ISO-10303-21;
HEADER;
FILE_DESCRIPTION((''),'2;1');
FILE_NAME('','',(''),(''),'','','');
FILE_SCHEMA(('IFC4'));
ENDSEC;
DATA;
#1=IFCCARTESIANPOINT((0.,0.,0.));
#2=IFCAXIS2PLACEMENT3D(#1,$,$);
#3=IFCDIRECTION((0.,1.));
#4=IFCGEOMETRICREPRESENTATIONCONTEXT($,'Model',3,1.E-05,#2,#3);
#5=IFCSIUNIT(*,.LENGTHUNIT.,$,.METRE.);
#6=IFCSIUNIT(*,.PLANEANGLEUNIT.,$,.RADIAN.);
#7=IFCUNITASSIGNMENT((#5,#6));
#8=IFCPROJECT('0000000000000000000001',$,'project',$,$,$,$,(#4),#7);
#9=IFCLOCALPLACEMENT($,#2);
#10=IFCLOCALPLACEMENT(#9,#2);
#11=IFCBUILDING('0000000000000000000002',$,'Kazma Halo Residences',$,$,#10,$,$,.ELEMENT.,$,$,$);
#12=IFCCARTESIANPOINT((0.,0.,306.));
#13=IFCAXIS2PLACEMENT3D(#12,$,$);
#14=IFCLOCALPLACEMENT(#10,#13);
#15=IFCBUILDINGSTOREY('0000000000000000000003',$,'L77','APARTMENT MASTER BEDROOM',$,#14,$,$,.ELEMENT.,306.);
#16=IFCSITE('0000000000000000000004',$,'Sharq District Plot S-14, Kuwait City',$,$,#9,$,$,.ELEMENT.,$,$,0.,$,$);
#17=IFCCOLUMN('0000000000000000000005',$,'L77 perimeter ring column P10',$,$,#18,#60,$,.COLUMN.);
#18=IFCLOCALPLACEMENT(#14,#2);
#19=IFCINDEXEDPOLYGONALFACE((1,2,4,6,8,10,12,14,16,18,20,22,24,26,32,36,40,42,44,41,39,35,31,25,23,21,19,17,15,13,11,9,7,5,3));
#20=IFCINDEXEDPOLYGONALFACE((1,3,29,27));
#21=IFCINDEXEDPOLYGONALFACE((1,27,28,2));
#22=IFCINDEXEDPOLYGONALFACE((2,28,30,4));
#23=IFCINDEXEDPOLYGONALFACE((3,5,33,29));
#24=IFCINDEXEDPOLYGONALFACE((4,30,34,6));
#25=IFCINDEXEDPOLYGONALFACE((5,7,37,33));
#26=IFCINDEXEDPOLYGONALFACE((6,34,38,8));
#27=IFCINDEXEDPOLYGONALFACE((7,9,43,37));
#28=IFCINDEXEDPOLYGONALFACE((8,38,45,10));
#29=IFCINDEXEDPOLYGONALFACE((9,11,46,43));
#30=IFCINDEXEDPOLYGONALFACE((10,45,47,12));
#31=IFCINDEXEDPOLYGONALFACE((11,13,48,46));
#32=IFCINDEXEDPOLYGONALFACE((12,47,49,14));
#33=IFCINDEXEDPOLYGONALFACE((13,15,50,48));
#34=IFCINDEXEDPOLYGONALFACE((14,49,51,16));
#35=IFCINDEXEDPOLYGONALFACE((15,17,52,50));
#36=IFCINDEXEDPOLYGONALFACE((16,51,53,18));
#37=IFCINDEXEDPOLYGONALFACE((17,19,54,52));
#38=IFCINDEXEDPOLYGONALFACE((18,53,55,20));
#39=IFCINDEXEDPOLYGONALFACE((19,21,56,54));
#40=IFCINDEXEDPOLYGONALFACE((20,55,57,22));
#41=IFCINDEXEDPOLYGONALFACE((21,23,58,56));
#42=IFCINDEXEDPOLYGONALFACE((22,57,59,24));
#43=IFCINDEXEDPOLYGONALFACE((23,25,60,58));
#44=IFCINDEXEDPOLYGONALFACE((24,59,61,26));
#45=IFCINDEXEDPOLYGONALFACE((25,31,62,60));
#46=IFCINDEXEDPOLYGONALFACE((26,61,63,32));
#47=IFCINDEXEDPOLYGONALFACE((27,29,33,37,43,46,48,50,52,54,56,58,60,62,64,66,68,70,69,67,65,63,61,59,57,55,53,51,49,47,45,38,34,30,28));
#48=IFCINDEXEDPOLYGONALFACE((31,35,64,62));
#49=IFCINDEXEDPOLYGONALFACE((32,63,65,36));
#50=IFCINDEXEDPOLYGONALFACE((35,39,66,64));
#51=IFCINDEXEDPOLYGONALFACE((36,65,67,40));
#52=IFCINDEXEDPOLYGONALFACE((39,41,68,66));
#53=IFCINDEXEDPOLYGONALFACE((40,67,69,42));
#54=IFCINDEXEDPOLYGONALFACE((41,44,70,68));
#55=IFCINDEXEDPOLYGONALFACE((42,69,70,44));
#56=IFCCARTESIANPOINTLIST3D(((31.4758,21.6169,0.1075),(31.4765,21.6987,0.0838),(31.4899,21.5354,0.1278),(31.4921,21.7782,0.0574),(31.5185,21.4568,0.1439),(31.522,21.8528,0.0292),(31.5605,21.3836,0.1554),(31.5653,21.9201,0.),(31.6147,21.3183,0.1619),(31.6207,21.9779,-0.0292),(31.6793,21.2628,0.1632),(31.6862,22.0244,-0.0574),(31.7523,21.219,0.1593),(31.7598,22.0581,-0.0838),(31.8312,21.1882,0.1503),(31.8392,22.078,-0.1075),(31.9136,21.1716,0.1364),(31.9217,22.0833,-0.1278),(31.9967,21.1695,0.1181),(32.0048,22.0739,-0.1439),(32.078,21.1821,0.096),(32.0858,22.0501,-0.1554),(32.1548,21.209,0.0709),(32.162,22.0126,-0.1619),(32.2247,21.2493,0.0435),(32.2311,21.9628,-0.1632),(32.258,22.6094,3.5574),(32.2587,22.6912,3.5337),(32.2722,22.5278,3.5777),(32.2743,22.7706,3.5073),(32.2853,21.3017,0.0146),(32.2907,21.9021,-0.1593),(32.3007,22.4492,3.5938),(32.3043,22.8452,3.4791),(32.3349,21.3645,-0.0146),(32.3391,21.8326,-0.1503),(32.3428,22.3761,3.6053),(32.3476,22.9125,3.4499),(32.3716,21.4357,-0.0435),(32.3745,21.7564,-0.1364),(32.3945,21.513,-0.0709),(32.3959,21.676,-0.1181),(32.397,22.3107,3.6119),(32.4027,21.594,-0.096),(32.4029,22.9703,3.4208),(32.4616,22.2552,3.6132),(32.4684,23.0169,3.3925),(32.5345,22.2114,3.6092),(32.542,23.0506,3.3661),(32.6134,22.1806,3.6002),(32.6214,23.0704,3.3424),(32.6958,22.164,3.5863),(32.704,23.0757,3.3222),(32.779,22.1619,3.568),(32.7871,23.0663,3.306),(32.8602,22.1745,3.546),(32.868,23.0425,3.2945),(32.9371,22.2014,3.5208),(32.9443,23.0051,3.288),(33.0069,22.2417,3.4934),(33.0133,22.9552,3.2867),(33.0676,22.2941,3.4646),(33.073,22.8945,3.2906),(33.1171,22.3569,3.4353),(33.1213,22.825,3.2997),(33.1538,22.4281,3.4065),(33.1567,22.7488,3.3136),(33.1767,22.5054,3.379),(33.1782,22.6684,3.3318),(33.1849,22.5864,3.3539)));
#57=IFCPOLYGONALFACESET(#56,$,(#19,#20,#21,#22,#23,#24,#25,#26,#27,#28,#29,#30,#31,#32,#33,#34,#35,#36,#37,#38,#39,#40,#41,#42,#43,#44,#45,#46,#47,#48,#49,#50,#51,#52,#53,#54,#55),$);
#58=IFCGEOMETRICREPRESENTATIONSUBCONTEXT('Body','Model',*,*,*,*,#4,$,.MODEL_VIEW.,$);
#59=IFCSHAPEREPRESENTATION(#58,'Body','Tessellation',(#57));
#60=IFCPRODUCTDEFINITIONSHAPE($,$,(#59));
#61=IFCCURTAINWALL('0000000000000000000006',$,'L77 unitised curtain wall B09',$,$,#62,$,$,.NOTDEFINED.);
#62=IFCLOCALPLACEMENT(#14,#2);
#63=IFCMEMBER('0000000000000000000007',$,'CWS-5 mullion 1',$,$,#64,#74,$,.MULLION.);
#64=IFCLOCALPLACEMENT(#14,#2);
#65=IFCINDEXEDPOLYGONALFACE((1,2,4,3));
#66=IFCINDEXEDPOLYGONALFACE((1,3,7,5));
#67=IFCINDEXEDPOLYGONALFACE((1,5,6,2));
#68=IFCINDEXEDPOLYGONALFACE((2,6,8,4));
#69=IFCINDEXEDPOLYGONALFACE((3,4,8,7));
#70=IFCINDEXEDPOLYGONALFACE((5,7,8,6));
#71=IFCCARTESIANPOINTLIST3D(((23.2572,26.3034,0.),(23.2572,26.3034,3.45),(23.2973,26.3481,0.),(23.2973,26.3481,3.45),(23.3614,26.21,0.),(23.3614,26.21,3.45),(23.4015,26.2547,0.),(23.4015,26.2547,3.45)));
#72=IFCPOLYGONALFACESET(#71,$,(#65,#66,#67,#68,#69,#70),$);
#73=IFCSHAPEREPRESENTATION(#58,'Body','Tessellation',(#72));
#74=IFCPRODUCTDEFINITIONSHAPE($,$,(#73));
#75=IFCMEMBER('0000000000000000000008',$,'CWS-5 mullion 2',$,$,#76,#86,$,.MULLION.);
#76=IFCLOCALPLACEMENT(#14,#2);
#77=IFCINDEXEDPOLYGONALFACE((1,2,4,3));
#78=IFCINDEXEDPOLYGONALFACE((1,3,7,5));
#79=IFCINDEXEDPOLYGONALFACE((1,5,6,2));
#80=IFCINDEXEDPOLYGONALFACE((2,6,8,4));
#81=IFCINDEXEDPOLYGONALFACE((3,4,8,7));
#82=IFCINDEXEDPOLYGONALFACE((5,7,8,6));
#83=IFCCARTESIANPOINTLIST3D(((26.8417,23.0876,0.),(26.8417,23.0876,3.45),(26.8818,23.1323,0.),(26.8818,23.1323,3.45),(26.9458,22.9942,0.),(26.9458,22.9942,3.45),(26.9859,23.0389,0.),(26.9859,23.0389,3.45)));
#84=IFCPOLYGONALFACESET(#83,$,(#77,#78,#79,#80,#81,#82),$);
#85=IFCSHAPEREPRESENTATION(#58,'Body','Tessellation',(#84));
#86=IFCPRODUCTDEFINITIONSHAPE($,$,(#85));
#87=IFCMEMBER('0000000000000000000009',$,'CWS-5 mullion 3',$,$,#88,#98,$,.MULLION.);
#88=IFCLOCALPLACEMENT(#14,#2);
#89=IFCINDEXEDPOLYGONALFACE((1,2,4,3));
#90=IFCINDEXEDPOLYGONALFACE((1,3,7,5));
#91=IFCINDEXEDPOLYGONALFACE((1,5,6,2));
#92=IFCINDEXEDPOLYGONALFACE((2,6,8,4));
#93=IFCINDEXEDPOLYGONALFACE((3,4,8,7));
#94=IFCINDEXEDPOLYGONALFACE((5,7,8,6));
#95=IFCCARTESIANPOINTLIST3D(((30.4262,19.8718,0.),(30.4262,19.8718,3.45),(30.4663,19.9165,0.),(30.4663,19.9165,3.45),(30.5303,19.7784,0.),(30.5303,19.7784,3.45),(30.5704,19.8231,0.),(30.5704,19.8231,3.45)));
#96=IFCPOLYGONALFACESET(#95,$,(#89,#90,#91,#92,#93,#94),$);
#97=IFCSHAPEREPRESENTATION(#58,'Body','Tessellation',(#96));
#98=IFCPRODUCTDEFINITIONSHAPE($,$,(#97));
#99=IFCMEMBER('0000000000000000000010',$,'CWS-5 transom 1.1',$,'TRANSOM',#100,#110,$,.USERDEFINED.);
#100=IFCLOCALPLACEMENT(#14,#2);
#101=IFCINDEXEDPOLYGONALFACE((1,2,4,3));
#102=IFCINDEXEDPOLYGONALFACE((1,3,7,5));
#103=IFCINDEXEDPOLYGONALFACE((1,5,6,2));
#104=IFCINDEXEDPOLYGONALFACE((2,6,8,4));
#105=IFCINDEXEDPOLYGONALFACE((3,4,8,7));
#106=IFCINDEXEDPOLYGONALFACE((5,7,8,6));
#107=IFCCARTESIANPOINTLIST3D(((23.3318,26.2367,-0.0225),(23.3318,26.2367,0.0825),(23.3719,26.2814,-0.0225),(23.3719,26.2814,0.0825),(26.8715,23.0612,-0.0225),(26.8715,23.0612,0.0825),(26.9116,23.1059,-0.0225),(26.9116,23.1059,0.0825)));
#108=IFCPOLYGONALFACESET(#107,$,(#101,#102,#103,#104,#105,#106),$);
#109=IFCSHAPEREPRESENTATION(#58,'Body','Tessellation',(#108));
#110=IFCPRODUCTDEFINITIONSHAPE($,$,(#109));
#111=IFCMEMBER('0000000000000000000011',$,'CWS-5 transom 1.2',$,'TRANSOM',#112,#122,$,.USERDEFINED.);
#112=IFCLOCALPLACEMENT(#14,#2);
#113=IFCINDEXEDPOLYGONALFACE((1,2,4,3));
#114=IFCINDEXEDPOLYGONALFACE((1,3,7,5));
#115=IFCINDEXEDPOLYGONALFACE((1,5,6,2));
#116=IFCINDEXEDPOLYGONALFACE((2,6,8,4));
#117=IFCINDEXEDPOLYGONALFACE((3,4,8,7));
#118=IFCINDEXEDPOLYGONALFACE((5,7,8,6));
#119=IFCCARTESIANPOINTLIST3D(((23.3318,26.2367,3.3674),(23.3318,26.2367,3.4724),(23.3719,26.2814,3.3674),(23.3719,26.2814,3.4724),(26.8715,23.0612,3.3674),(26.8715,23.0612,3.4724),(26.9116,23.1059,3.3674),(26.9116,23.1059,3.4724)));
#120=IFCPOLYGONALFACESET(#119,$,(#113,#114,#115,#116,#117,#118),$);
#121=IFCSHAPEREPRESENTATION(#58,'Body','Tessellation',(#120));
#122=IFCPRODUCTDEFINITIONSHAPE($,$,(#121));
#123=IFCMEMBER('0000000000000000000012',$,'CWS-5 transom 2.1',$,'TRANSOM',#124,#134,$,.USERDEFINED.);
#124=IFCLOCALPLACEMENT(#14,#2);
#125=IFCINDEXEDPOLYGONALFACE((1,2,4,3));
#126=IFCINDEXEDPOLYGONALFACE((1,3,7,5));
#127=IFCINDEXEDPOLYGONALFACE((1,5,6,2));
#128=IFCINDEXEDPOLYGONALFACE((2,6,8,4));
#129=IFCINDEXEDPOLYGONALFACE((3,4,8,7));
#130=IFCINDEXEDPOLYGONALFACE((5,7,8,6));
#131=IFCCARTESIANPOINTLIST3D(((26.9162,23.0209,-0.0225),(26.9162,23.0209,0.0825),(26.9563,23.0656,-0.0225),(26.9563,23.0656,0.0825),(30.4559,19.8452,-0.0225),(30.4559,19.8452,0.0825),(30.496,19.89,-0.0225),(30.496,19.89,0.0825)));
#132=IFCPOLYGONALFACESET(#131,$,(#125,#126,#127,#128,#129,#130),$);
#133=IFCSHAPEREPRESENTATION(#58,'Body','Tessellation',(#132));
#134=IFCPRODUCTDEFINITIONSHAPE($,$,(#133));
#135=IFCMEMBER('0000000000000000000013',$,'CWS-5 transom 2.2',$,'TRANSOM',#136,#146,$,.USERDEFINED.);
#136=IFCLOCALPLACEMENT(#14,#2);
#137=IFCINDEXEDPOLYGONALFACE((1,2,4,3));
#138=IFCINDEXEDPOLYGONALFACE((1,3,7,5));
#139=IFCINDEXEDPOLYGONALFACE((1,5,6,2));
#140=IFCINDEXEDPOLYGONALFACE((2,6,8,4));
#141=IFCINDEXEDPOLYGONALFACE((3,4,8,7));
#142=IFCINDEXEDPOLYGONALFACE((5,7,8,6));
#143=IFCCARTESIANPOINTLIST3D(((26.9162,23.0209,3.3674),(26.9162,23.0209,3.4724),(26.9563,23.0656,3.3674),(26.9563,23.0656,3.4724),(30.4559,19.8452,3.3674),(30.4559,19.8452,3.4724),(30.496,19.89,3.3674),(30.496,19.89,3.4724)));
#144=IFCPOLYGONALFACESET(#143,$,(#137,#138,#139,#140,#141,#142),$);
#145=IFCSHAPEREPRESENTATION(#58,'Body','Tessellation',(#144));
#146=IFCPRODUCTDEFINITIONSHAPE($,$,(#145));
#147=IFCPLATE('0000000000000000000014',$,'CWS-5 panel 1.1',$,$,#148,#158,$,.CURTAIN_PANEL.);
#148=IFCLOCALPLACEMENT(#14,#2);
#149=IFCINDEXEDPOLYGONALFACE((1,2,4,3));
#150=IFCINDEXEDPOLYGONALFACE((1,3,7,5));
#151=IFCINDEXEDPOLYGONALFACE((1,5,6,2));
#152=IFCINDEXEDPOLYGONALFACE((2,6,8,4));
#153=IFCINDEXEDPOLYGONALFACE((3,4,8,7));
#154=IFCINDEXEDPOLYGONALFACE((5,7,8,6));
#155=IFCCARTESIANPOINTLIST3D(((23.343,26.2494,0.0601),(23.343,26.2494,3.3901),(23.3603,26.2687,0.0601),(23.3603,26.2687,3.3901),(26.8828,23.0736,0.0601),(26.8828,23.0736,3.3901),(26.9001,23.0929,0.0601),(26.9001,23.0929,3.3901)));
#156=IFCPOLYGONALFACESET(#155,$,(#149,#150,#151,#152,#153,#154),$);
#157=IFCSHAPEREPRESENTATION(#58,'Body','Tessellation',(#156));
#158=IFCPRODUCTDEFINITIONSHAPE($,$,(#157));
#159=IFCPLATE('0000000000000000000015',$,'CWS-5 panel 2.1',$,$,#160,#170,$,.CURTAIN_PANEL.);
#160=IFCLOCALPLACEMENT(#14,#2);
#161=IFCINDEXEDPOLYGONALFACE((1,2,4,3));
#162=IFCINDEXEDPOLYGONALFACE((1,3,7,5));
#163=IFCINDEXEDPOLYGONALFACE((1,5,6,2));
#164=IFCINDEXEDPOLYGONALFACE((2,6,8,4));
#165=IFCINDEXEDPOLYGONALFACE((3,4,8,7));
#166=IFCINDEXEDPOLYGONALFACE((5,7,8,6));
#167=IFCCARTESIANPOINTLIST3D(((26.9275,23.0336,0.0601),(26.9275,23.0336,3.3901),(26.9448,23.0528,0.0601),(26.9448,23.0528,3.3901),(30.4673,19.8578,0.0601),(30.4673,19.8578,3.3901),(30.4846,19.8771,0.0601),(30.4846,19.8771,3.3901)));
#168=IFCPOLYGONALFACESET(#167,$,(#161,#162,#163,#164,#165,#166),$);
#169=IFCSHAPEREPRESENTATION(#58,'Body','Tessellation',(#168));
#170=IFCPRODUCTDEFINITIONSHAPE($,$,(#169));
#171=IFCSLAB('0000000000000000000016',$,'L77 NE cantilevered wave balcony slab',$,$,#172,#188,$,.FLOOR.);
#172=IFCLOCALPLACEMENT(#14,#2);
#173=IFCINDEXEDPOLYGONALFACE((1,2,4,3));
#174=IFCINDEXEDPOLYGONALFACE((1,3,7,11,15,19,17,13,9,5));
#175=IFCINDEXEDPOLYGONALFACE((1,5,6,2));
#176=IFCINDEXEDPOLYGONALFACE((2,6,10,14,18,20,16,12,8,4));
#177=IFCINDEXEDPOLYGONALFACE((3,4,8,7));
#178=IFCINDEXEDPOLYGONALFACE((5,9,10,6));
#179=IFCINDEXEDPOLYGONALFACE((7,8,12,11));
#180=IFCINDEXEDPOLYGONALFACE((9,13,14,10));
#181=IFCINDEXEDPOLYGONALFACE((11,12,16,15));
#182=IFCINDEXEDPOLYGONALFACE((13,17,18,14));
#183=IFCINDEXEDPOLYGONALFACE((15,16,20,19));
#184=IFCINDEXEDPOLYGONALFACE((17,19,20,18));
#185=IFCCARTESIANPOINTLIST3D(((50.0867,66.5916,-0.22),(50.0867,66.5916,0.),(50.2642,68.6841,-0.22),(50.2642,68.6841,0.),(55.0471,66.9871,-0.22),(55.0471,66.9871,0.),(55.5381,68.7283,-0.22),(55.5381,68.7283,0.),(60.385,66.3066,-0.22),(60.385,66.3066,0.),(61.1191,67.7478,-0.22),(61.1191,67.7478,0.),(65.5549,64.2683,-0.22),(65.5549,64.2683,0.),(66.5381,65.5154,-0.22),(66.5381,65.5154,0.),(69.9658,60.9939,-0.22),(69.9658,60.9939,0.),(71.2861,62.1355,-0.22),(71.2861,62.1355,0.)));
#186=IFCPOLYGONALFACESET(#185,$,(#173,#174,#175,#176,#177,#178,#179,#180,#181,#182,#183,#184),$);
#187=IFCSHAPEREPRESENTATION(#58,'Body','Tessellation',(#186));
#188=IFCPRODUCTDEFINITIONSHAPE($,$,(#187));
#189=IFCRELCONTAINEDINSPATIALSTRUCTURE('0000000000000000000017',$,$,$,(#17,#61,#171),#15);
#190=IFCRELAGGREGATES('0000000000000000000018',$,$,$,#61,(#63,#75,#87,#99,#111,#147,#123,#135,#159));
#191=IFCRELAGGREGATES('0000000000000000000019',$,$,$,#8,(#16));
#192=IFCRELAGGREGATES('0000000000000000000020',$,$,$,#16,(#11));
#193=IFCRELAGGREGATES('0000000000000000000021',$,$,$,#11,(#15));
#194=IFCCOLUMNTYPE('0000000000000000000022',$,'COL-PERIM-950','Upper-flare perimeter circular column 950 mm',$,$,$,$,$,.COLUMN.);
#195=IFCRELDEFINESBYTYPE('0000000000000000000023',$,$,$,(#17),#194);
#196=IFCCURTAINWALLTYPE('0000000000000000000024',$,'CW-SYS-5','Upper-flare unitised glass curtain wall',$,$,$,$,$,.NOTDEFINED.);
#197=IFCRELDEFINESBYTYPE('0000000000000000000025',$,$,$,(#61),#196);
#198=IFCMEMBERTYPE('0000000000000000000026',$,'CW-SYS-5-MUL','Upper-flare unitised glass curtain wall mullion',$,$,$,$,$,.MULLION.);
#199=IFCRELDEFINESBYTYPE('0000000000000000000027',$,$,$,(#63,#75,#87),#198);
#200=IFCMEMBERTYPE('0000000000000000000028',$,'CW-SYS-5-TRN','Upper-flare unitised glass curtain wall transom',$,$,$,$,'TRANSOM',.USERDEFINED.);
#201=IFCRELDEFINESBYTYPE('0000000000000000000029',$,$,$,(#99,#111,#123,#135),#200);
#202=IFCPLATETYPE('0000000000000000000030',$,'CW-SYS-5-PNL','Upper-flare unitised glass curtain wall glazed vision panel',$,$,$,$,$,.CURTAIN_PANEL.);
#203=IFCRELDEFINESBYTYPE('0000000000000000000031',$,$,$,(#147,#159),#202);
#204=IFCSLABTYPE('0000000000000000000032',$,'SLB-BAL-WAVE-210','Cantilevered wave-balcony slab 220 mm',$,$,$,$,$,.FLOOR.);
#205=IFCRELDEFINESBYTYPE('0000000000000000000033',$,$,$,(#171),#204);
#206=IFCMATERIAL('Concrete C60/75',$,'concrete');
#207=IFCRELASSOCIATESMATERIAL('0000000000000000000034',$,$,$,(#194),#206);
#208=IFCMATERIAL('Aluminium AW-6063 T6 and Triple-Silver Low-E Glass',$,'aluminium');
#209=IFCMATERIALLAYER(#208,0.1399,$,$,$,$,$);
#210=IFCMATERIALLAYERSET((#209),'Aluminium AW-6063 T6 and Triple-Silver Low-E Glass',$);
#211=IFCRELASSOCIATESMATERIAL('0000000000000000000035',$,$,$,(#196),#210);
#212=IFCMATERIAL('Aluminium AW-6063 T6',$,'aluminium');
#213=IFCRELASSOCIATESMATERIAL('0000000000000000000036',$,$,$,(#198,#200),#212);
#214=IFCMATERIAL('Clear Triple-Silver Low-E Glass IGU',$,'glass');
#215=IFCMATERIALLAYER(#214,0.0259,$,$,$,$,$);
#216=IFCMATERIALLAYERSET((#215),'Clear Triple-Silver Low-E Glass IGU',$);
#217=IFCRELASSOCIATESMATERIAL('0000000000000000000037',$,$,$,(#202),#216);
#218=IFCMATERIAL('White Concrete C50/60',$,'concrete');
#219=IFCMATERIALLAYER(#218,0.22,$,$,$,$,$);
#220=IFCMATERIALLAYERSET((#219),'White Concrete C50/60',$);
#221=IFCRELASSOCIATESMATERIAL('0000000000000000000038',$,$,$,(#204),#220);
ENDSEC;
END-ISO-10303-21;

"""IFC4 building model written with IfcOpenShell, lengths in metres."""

from ifc_helpers import new_model, si_unit, direction, frame, origin, origin_2d, place, context, subcontext, project, spatial, polyline, rectangle, circle, outline, extrude, material, layer, layer_set, material_profile, profile_set, type_object, element, aggregate, save


model = new_model("IFC4")

# Units and contexts
model_context = context("Model", 3, precision=1e-05, world=origin(), true_north=direction((0.0, 1.0)))
body_context = subcontext(model_context, "Body", "Model", "MODEL_VIEW")
ifc_project = project(units=[si_unit("LENGTHUNIT", "METRE"), si_unit("PLANEANGLEUNIT", "RADIAN")], contexts=[model_context])

# Site, building, storey
site_placement = place(None, origin())
site = spatial("IfcSite", under=ifc_project, at=site_placement, Name="Sharq District Plot S-14, Kuwait City", CompositionType="ELEMENT", RefElevation=0.0)
building_placement = place(site_placement, origin())
building = spatial("IfcBuilding", under=site, at=building_placement, Name="Kazma Halo Residences", CompositionType="ELEMENT")
storey_placement = place(building_placement, frame((0.0, 0.0, 306.0)))
storey = spatial("IfcBuildingStorey", under=building, at=storey_placement, Name="L77", Description="APARTMENT MASTER BEDROOM", CompositionType="ELEMENT", Elevation=306.0)

# Column
ifc_material_1 = material(Name="Concrete C60/75", Category="concrete")
ifc_material_profile_1 = material_profile(ifc_material_1, circle(Radius=0.4751, at=origin_2d()), Name="CIRC950")
ifc_profile_set_1 = profile_set([ifc_material_profile_1], Name="Concrete C60/75")
column_type = type_object("IfcColumnType", Name="COL-PERIM-950", Description="Upper-flare perimeter circular column 950 mm", PredefinedType="COLUMN", material=ifc_profile_set_1)
column_placement = place(storey_placement, frame((31.9385, 21.626, 0.0), z_axis=(0.212903, 0.270116, 0.938994), x_axis=(-0.785372, 0.619024, 0.0)))
element("IfcColumn", 1, at=column_placement, inside=storey, type_object=column_type, Name="L77 perimeter ring column P10", PredefinedType="COLUMN", context=body_context, shape_type="SweptSolid", body=[
    extrude(circle(Radius=0.4751, at=origin_2d()), origin(), (0.0, 0.0, 1.0), 3.6741),
])

# Curtain wall, members, plates
ifc_material_2 = material(Name="Aluminium AW-6063 T6 and Triple-Silver Low-E Glass", Category="aluminium")
ifc_layer_1 = layer(ifc_material_2, 0.1399)
ifc_layer_set_1 = layer_set([ifc_layer_1], Name="Aluminium AW-6063 T6 and Triple-Silver Low-E Glass")
curtain_wall_type = type_object("IfcCurtainWallType", Name="CW-SYS-5", Description="Upper-flare unitised glass curtain wall", PredefinedType="NOTDEFINED", material=ifc_layer_set_1)
curtain_wall_placement = place(storey_placement, origin())
curtain_wall = element("IfcCurtainWall", 2, at=curtain_wall_placement, inside=storey, type_object=curtain_wall_type, Name="L77 unitised curtain wall B09", PredefinedType="NOTDEFINED")
ifc_material_3 = material(Name="Aluminium AW-6063 T6", Category="aluminium")
ifc_material_profile_2 = material_profile(ifc_material_3, rectangle(XDim=0.0601, YDim=0.1399, at=origin_2d()), Name="CWM-60x140")
ifc_profile_set_2 = profile_set([ifc_material_profile_2], Name="Aluminium AW-6063 T6")
member_type_1 = type_object("IfcMemberType", Name="CW-SYS-5-MUL", Description="Upper-flare unitised glass curtain wall mullion", PredefinedType="MULLION", material=ifc_profile_set_2)
member_1_placement = place(storey_placement, frame((23.3293, 26.2791, 0.0), z_axis=(0.0, 0.0, 1.0), x_axis=(0.667798, 0.744342, 0.0)))
member_1 = element("IfcMember", 3, at=member_1_placement, type_object=member_type_1, Name="CWS-5 mullion 1", PredefinedType="MULLION", context=body_context, shape_type="SweptSolid", body=[
    extrude(rectangle(XDim=0.0601, YDim=0.1399, at=origin_2d()), origin(), (0.0, 0.0, 1.0), 3.45),
])
member_2_placement = place(storey_placement, frame((26.9138, 23.0632, 0.0), z_axis=(0.0, 0.0, 1.0), x_axis=(0.667798, 0.744342, 0.0)))
member_2 = element("IfcMember", 4, at=member_2_placement, type_object=member_type_1, Name="CWS-5 mullion 2", PredefinedType="MULLION", context=body_context, shape_type="SweptSolid", body=[
    extrude(rectangle(XDim=0.0601, YDim=0.1399, at=origin_2d()), origin(), (0.0, 0.0, 1.0), 3.45),
])
member_3_placement = place(storey_placement, frame((30.4983, 19.8474, 0.0), z_axis=(0.0, 0.0, 1.0), x_axis=(0.667798, 0.744342, 0.0)))
member_3 = element("IfcMember", 5, at=member_3_placement, type_object=member_type_1, Name="CWS-5 mullion 3", PredefinedType="MULLION", context=body_context, shape_type="SweptSolid", body=[
    extrude(rectangle(XDim=0.0601, YDim=0.1399, at=origin_2d()), origin(), (0.0, 0.0, 1.0), 3.45),
])
ifc_material_profile_3 = material_profile(ifc_material_3, rectangle(XDim=0.0601, YDim=0.105, at=origin_2d()), Name="CWT-60x105")
ifc_profile_set_3 = profile_set([ifc_material_profile_3], Name="Aluminium AW-6063 T6")
member_type_2 = type_object("IfcMemberType", Name="CW-SYS-5-TRN", Description="Upper-flare unitised glass curtain wall transom", ElementType="TRANSOM", PredefinedType="USERDEFINED", material=ifc_profile_set_3)
member_4_placement = place(storey_placement, frame((23.3518, 26.259, 0.03), z_axis=(0.744368, -0.66777, 0.0), x_axis=(0.66777, 0.744368, 0.0)))
member_4 = element("IfcMember", 6, at=member_4_placement, type_object=member_type_2, Name="CWS-5 transom 1.1", ObjectType="TRANSOM", PredefinedType="USERDEFINED", context=body_context, shape_type="SweptSolid", body=[
    extrude(rectangle(XDim=0.0601, YDim=0.105, at=origin_2d()), origin(), (0.0, 0.0, 1.0), 4.7554),
])
member_5_placement = place(storey_placement, frame((23.3518, 26.259, 3.4199), z_axis=(0.744368, -0.66777, 0.0), x_axis=(0.66777, 0.744368, 0.0)))
member_5 = element("IfcMember", 7, at=member_5_placement, type_object=member_type_2, Name="CWS-5 transom 1.2", ObjectType="TRANSOM", PredefinedType="USERDEFINED", context=body_context, shape_type="SweptSolid", body=[
    extrude(rectangle(XDim=0.0601, YDim=0.105, at=origin_2d()), origin(), (0.0, 0.0, 1.0), 4.7554),
])
member_6_placement = place(storey_placement, frame((26.9363, 23.0432, 0.03), z_axis=(0.744345, -0.667795, 0.0), x_axis=(0.667795, 0.744345, 0.0)))
member_6 = element("IfcMember", 8, at=member_6_placement, type_object=member_type_2, Name="CWS-5 transom 2.1", ObjectType="TRANSOM", PredefinedType="USERDEFINED", context=body_context, shape_type="SweptSolid", body=[
    extrude(rectangle(XDim=0.0601, YDim=0.105, at=origin_2d()), origin(), (0.0, 0.0, 1.0), 4.7554),
])
member_7_placement = place(storey_placement, frame((26.9363, 23.0432, 3.4199), z_axis=(0.744345, -0.667795, 0.0), x_axis=(0.667795, 0.744345, 0.0)))
member_7 = element("IfcMember", 9, at=member_7_placement, type_object=member_type_2, Name="CWS-5 transom 2.2", ObjectType="TRANSOM", PredefinedType="USERDEFINED", context=body_context, shape_type="SweptSolid", body=[
    extrude(rectangle(XDim=0.0601, YDim=0.105, at=origin_2d()), origin(), (0.0, 0.0, 1.0), 4.7554),
])
ifc_material_4 = material(Name="Clear Triple-Silver Low-E Glass IGU", Category="glass")
ifc_layer_2 = layer(ifc_material_4, 0.0259)
ifc_layer_set_2 = layer_set([ifc_layer_2], Name="Clear Triple-Silver Low-E Glass IGU")
plate_type = type_object("IfcPlateType", Name="CW-SYS-5-PNL", Description="Upper-flare unitised glass curtain wall glazed vision panel", PredefinedType="CURTAIN_PANEL", material=ifc_layer_set_2)
plate_1_placement = place(storey_placement, frame((25.1216, 24.6711, 0.0601), z_axis=(0.0, 0.0, 1.0), x_axis=(0.744342, -0.667798, 0.0)))
plate_1 = element("IfcPlate", 10, at=plate_1_placement, type_object=plate_type, Name="CWS-5 panel 1.1", PredefinedType="CURTAIN_PANEL", context=body_context, shape_type="SweptSolid", body=[
    extrude(rectangle(XDim=4.7556, YDim=0.0259, at=origin_2d()), origin(), (0.0, 0.0, 1.0), 3.3301),
])
plate_2_placement = place(storey_placement, frame((28.7061, 21.4553, 0.0601), z_axis=(0.0, 0.0, 1.0), x_axis=(0.744342, -0.667798, 0.0)))
plate_2 = element("IfcPlate", 11, at=plate_2_placement, type_object=plate_type, Name="CWS-5 panel 2.1", PredefinedType="CURTAIN_PANEL", context=body_context, shape_type="SweptSolid", body=[
    extrude(rectangle(XDim=4.7556, YDim=0.0259, at=origin_2d()), origin(), (0.0, 0.0, 1.0), 3.3301),
])
aggregate(curtain_wall, [member_1, member_2, member_3, member_4, member_5, plate_1, member_6, member_7, plate_2])

# Slab
ifc_material_5 = material(Name="White Concrete C50/60", Category="concrete")
ifc_layer_3 = layer(ifc_material_5, 0.22)
ifc_layer_set_3 = layer_set([ifc_layer_3], Name="White Concrete C50/60")
slab_type_1 = type_object("IfcSlabType", Name="SLB-BAL-WAVE-210", Description="Cantilevered wave-balcony slab 220 mm", PredefinedType="FLOOR", material=ifc_layer_set_3)
slab_1_placement = place(storey_placement, frame((0.0, 0.0, -0.22)))
element("IfcSlab", 12, at=slab_1_placement, inside=storey, type_object=slab_type_1, Name="L77 NE cantilevered wave balcony slab", PredefinedType="FLOOR", context=body_context, shape_type="SweptSolid", body=[
    extrude(outline(polyline([(69.9658, 60.9939), (65.5549, 64.2683), (60.385, 66.3066), (55.0471, 66.9871), (50.0867, 66.5916), (50.2642, 68.6841), (55.5381, 68.7283), (61.1191, 67.7478), (66.5381, 65.5154), (71.2861, 62.1355), (69.9658, 60.9939)])), origin(), (0.0, 0.0, 1.0), 0.22),
])

save(model, "model.ifc")
